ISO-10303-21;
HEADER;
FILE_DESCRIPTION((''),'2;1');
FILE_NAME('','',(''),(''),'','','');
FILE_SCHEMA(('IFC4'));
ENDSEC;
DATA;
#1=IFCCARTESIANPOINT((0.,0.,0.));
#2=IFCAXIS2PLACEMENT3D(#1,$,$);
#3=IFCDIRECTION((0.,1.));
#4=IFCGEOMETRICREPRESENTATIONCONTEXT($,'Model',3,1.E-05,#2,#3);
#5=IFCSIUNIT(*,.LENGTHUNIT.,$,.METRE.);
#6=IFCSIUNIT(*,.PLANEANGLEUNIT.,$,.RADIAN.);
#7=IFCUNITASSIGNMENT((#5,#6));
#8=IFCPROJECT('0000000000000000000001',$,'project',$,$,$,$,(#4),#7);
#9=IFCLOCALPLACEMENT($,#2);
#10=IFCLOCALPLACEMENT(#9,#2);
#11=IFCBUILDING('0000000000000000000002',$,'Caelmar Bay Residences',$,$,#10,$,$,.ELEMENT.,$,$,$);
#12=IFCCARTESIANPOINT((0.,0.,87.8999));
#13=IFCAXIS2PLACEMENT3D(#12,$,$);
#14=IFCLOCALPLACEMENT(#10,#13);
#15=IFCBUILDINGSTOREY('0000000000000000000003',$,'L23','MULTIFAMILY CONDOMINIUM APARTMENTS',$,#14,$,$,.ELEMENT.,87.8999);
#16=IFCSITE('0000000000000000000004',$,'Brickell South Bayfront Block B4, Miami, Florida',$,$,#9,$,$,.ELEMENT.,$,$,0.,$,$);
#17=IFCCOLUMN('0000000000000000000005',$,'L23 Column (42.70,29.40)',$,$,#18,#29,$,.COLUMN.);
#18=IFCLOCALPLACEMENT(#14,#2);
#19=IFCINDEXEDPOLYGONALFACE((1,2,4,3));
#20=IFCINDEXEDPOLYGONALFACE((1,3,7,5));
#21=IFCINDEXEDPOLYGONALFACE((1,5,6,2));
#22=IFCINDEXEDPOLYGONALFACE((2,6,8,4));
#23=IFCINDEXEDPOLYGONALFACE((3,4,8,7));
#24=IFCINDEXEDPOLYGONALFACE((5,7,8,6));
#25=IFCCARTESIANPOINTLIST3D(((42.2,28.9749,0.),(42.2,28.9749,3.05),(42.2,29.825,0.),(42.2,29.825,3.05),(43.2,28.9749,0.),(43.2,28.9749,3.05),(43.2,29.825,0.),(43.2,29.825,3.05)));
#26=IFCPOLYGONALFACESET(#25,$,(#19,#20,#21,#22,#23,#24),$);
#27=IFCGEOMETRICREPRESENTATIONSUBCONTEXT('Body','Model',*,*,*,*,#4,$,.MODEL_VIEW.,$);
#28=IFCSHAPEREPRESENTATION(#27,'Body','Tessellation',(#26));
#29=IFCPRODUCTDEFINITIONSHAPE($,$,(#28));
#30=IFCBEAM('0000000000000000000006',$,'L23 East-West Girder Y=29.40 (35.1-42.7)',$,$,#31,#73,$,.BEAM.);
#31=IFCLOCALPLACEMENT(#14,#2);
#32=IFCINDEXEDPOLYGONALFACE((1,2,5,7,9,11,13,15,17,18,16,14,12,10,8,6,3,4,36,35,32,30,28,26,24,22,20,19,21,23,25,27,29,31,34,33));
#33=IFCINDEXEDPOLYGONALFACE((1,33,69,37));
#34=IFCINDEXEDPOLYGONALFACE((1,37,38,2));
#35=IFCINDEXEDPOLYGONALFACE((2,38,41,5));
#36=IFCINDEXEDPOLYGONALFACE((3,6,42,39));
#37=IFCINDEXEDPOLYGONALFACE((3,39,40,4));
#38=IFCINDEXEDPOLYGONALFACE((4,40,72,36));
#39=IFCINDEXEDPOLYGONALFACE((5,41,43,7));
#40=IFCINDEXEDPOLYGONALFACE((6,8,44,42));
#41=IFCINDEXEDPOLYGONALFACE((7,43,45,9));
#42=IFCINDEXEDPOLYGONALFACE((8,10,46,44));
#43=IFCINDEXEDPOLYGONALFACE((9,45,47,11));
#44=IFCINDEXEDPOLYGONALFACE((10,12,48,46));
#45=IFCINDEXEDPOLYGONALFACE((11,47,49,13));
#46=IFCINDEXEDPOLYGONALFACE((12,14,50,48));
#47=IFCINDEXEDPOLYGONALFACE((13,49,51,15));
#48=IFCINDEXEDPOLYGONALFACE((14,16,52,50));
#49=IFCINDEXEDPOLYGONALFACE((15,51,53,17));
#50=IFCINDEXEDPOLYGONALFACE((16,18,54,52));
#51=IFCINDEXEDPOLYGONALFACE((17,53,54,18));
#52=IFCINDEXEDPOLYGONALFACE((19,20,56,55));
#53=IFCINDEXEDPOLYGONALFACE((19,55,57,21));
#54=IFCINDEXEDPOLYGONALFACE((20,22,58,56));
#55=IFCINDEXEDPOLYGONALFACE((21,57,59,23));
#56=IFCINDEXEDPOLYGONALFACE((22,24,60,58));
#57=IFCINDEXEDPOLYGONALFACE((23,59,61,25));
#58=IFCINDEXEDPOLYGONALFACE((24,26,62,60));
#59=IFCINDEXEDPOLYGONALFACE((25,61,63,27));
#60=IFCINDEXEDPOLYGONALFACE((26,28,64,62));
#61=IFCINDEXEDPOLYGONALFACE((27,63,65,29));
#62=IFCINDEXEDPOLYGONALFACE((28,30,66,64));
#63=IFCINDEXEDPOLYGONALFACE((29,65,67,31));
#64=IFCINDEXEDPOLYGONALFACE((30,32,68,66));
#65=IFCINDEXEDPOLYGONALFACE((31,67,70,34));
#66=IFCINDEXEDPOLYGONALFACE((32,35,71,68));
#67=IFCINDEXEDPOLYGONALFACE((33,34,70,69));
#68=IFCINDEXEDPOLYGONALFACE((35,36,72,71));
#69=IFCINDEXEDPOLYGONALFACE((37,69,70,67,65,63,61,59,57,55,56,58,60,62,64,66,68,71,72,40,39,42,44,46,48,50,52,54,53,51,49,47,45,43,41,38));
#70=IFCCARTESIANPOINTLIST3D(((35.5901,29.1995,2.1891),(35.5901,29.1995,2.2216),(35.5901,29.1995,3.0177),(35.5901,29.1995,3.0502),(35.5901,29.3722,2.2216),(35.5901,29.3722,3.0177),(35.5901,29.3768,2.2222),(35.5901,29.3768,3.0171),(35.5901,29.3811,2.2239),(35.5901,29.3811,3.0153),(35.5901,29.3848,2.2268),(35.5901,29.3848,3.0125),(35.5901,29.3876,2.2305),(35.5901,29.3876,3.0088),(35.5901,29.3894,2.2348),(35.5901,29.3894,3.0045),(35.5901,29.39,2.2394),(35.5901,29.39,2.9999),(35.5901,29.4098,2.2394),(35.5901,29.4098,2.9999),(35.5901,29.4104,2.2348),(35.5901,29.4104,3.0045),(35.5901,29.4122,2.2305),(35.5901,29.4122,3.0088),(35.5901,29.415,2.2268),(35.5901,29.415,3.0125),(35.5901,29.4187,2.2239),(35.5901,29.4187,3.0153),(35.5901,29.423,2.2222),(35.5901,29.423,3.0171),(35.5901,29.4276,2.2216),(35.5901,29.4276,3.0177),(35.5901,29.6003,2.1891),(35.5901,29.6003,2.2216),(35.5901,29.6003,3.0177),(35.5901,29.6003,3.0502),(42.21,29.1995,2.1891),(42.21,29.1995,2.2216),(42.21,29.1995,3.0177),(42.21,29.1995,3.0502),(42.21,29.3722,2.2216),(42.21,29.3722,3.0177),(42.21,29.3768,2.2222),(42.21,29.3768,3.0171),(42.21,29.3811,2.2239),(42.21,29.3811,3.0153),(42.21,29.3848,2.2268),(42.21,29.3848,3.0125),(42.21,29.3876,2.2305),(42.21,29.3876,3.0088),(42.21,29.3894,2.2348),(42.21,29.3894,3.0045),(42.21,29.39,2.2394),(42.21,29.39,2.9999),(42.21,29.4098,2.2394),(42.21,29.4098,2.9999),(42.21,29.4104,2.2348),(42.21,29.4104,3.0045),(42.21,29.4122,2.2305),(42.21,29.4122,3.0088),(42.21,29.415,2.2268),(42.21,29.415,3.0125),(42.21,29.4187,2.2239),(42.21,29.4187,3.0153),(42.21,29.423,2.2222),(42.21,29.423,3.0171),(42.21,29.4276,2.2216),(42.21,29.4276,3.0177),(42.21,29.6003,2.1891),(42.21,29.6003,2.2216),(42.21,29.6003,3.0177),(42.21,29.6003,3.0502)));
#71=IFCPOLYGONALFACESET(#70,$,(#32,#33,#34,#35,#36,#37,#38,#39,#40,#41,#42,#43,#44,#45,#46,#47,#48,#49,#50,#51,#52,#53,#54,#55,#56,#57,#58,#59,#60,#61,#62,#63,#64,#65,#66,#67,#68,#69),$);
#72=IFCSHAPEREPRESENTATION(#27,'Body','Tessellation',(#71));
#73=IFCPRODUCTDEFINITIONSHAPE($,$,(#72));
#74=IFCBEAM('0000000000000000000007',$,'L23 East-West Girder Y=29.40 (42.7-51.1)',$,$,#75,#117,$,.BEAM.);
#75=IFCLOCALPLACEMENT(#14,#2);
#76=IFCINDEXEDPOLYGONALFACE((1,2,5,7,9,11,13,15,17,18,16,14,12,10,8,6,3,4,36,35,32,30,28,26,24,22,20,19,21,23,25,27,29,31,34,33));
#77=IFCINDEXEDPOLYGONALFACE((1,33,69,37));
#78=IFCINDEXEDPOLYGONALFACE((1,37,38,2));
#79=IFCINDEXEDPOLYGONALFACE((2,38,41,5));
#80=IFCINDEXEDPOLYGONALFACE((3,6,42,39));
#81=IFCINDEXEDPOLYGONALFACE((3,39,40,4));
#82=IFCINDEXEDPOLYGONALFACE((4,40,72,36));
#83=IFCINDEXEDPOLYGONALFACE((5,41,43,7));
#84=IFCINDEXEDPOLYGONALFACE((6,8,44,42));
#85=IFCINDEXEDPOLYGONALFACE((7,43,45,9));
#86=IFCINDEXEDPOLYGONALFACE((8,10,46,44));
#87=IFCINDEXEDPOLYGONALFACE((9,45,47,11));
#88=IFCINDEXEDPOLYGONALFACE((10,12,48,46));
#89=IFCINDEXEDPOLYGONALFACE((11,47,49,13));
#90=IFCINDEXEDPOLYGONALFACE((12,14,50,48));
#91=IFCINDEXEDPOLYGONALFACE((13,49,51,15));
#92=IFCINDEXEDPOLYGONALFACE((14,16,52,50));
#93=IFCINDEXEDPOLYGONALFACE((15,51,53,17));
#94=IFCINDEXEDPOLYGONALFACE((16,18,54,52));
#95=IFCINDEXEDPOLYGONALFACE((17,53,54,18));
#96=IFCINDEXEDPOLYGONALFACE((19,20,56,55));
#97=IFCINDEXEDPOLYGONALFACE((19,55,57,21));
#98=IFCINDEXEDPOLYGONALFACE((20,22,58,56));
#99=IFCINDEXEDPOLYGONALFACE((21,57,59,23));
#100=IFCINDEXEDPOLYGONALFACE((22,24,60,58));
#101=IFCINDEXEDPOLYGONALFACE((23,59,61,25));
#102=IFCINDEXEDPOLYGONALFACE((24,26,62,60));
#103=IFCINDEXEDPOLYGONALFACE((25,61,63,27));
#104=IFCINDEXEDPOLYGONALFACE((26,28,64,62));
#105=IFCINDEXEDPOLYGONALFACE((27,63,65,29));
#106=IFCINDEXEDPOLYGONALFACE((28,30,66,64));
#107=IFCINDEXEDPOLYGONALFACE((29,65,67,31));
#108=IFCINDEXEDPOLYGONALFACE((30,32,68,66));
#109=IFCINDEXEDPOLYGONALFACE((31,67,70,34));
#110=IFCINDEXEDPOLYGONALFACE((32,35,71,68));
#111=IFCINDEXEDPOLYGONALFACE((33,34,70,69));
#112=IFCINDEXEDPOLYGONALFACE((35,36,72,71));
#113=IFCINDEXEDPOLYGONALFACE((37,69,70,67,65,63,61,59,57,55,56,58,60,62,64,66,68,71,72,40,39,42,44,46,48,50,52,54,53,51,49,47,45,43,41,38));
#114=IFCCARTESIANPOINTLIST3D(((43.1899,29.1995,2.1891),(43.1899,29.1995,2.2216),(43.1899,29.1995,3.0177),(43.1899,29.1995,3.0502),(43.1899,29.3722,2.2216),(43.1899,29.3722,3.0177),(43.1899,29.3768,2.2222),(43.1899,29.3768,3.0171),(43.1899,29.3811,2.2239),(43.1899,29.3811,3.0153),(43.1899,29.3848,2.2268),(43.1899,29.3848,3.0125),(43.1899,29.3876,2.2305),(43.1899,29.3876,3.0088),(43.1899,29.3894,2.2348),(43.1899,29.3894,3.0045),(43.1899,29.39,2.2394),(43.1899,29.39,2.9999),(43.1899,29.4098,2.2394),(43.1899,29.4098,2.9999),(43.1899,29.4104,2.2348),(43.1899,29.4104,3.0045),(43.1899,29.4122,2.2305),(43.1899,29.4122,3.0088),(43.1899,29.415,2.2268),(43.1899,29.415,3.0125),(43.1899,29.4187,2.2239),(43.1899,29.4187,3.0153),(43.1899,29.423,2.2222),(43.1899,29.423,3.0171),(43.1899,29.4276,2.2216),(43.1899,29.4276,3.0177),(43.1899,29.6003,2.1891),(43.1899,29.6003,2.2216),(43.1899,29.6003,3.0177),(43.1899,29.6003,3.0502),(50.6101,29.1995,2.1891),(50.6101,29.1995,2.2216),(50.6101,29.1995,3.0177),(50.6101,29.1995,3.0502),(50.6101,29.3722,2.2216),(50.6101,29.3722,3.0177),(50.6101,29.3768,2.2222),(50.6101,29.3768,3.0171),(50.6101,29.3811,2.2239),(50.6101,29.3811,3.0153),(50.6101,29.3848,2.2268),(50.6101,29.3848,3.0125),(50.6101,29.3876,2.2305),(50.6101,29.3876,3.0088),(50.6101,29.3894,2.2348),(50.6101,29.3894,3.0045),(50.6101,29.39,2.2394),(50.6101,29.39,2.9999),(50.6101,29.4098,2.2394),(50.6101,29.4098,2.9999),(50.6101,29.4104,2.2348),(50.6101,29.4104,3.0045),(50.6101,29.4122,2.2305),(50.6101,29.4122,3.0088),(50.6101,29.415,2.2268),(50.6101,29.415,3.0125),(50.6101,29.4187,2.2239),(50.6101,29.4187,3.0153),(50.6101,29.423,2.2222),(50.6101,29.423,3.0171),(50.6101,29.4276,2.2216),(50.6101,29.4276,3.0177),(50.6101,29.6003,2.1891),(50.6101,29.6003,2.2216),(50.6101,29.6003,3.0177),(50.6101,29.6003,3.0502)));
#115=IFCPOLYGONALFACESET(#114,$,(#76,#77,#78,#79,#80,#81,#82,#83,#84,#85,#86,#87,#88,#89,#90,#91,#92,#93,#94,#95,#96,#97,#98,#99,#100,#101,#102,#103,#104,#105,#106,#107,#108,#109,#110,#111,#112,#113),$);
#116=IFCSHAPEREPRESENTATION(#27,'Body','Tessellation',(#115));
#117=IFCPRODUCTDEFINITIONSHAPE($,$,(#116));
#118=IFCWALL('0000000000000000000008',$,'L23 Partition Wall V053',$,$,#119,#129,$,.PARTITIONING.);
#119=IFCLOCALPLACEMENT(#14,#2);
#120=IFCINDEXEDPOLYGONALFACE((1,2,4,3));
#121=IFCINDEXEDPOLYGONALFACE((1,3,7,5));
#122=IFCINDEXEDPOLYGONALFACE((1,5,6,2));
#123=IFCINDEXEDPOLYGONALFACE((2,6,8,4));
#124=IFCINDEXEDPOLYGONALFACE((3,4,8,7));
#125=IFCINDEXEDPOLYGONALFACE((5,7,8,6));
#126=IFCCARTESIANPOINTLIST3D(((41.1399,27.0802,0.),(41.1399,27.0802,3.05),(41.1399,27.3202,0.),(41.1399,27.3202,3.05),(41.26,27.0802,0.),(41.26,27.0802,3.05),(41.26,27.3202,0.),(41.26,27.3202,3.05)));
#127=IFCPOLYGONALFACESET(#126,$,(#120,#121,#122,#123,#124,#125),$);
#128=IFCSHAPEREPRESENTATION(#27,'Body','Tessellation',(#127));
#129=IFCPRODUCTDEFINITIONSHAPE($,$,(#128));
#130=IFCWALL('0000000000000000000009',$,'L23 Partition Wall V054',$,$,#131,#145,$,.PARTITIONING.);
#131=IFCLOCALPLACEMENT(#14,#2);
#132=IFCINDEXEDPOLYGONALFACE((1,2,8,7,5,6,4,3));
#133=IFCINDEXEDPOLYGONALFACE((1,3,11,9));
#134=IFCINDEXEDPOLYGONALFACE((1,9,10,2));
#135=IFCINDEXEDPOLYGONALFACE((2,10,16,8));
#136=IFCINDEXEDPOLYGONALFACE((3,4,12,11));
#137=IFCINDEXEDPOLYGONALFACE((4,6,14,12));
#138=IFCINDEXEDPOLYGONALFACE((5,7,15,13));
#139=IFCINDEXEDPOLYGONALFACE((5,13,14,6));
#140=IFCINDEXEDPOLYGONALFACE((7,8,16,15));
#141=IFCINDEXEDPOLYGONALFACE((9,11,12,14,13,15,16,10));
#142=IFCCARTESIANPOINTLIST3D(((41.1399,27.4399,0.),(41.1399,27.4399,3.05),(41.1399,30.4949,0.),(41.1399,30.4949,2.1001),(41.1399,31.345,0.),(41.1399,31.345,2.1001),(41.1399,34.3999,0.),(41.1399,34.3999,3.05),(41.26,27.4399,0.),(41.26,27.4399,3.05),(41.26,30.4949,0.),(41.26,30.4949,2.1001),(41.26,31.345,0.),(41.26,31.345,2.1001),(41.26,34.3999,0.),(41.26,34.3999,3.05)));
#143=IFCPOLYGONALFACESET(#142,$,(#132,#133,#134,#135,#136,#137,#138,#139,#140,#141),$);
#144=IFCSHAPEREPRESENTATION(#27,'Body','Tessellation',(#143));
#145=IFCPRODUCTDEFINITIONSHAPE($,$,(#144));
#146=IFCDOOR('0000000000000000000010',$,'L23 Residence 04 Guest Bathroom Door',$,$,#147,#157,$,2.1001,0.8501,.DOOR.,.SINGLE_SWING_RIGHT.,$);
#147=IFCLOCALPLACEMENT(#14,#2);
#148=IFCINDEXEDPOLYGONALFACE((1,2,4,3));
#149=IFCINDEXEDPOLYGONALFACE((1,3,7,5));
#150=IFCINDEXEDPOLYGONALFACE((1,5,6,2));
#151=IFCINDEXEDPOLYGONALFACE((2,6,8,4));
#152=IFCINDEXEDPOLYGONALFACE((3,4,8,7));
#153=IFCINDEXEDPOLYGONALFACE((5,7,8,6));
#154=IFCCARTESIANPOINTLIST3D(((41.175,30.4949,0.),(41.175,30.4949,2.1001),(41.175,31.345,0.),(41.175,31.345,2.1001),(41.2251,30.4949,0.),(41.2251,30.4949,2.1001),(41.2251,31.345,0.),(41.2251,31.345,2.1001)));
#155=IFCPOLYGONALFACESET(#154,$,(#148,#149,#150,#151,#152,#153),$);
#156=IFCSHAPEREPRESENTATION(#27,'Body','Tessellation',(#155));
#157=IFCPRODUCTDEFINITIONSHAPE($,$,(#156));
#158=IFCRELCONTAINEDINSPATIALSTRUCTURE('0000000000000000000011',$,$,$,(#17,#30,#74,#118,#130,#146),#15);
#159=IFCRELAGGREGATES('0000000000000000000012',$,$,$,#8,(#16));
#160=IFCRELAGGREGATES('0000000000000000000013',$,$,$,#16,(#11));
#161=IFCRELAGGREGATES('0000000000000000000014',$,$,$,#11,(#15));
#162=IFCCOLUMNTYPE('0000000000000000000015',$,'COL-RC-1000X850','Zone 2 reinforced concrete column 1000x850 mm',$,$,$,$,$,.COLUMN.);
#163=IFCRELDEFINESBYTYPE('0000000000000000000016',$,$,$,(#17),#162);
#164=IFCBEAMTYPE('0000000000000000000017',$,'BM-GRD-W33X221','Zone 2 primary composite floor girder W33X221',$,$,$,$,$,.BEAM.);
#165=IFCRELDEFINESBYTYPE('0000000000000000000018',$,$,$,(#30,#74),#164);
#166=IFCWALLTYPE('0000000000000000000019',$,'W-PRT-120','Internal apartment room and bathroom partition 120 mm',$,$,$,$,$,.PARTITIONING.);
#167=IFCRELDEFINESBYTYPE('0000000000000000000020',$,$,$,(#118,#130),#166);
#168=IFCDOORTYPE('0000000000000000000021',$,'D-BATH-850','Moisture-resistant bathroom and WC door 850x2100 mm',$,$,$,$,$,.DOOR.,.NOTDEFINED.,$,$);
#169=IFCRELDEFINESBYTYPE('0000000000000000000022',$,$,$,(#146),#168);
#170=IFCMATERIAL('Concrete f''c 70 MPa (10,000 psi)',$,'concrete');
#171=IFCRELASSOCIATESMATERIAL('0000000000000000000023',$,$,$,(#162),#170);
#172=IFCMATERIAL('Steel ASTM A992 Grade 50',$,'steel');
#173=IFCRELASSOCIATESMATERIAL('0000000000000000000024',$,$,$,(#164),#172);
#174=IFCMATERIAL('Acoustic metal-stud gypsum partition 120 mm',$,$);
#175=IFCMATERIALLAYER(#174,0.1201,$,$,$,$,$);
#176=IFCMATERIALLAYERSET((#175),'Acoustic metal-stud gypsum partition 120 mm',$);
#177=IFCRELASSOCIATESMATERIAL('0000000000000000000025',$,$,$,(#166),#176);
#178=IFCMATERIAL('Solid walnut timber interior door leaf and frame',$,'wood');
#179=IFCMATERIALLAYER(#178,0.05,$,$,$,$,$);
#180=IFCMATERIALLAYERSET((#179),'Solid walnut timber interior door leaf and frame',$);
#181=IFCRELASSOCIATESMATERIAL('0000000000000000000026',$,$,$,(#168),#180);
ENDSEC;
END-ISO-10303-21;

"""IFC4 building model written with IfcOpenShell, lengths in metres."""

from ifc_helpers import new_model, si_unit, direction, frame, frame_2d, origin, origin_2d, place, context, subcontext, project, spatial, rectangle, i_section, extrude, material, layer, layer_set, material_profile, profile_set, type_object, element, fill, save


model = new_model("IFC4")

# Units and contexts
model_context = context("Model", 3, precision=1e-05, world=origin(), true_north=direction((0.0, 1.0)))
body_context = subcontext(model_context, "Body", "Model", "MODEL_VIEW")
ifc_project = project(units=[si_unit("LENGTHUNIT", "METRE"), si_unit("PLANEANGLEUNIT", "RADIAN")], contexts=[model_context])

# Site, building, storey
site_placement = place(None, origin())
site = spatial("IfcSite", under=ifc_project, at=site_placement, Name="Brickell South Bayfront Block B4, Miami, Florida", CompositionType="ELEMENT", RefElevation=0.0)
building_placement = place(site_placement, origin())
building = spatial("IfcBuilding", under=site, at=building_placement, Name="Caelmar Bay Residences", CompositionType="ELEMENT")
storey_placement = place(building_placement, frame((0.0, 0.0, 87.8999)))
storey = spatial("IfcBuildingStorey", under=building, at=storey_placement, Name="L23", Description="MULTIFAMILY CONDOMINIUM APARTMENTS", CompositionType="ELEMENT", Elevation=87.8999)

# Column
ifc_material_1 = material(Name="Concrete f'c 70 MPa (10,000 psi)", Category="concrete")
ifc_material_profile_1 = material_profile(ifc_material_1, rectangle(XDim=1.0, YDim=0.8501, at=origin_2d()), Name="RC-COL-1000X850")
ifc_profile_set_1 = profile_set([ifc_material_profile_1], Name="Concrete f'c 70 MPa (10,000 psi)")
column_type = type_object("IfcColumnType", Name="COL-RC-1000X850", Description="Zone 2 reinforced concrete column 1000x850 mm", PredefinedType="COLUMN", material=ifc_profile_set_1)
column_placement = place(storey_placement, frame((42.7, 29.3999, 0.0), z_axis=(0.0, 0.0, 1.0), x_axis=(1.0, 0.0, 0.0)))
element("IfcColumn", 1, at=column_placement, inside=storey, type_object=column_type, Name="L23 Column (42.70,29.40)", PredefinedType="COLUMN", context=body_context, shape_type="SweptSolid", body=[
    extrude(rectangle(XDim=1.0, YDim=0.8501, at=origin_2d()), origin(), (0.0, 0.0, 1.0), 3.05),
])

# Beams
ifc_material_2 = material(Name="Steel ASTM A992 Grade 50", Category="steel")
ifc_material_profile_2 = material_profile(ifc_material_2, i_section(OverallWidth=0.4009, OverallDepth=0.8611, WebThickness=0.0198, FlangeThickness=0.0325, FilletRadius=0.0178, at=origin_2d()), Name="W33X221")
ifc_profile_set_2 = profile_set([ifc_material_profile_2], Name="Steel ASTM A992 Grade 50")
beam_type = type_object("IfcBeamType", Name="BM-GRD-W33X221", Description="Zone 2 primary composite floor girder W33X221", PredefinedType="BEAM", material=ifc_profile_set_2)
beam_1_placement = place(storey_placement, frame((35.5901, 29.3999, 2.6196), z_axis=(1.0, 0.0, 0.0), x_axis=(0.0, 1.0, 0.0)))
element("IfcBeam", 2, at=beam_1_placement, inside=storey, type_object=beam_type, Name="L23 East-West Girder Y=29.40 (35.1-42.7)", PredefinedType="BEAM", context=body_context, shape_type="SweptSolid", body=[
    extrude(i_section(OverallWidth=0.4009, OverallDepth=0.8611, WebThickness=0.0198, FlangeThickness=0.0325, FilletRadius=0.0178, at=origin_2d()), origin(), (0.0, 0.0, 1.0), 6.6199),
])
beam_2_placement = place(storey_placement, frame((43.1899, 29.3999, 2.6196), z_axis=(1.0, 0.0, 0.0), x_axis=(0.0, 1.0, 0.0)))
element("IfcBeam", 3, at=beam_2_placement, inside=storey, type_object=beam_type, Name="L23 East-West Girder Y=29.40 (42.7-51.1)", PredefinedType="BEAM", context=body_context, shape_type="SweptSolid", body=[
    extrude(i_section(OverallWidth=0.4009, OverallDepth=0.8611, WebThickness=0.0198, FlangeThickness=0.0325, FilletRadius=0.0178, at=origin_2d()), origin(), (0.0, 0.0, 1.0), 7.4202),
])

# Wall
ifc_material_3 = material(Name="Acoustic metal-stud gypsum partition 120 mm")
ifc_layer_1 = layer(ifc_material_3, 0.1201)
ifc_layer_set_1 = layer_set([ifc_layer_1], Name="Acoustic metal-stud gypsum partition 120 mm")
wall_type_1 = type_object("IfcWallType", Name="W-PRT-120", Description="Internal apartment room and bathroom partition 120 mm", PredefinedType="PARTITIONING", material=ifc_layer_set_1)
wall_1_placement = place(storey_placement, frame((41.2, 27.0801, 0.0), z_axis=(0.0, 0.0, 1.0), x_axis=(0.0, 1.0, 0.0)))
element("IfcWall", 4, at=wall_1_placement, inside=storey, type_object=wall_type_1, Name="L23 Partition Wall V053", PredefinedType="PARTITIONING", context=body_context, shape_type="SweptSolid", body=[
    extrude(rectangle(XDim=0.24, YDim=0.1201, at=frame_2d((0.1201, 0.0))), origin(), (0.0, 0.0, 1.0), 3.05),
])

# Wall, opening, door
wall_2_placement = place(storey_placement, frame((41.2, 27.4399, 0.0), z_axis=(0.0, 0.0, 1.0), x_axis=(0.0, 1.0, 0.0)))
wall_2 = element("IfcWall", 5, at=wall_2_placement, inside=storey, type_object=wall_type_1, Name="L23 Partition Wall V054", PredefinedType="PARTITIONING", context=body_context, shape_type="SweptSolid", body=[
    extrude(rectangle(XDim=6.96, YDim=0.1201, at=frame_2d((3.48, 0.0))), origin(), (0.0, 0.0, 1.0), 3.05),
])
opening_1_placement = place(wall_2_placement, frame((3.0549, 0.0, 0.0)))
opening_1 = element("IfcOpeningElement", 6, at=opening_1_placement, cuts=wall_2, PredefinedType="OPENING", context=body_context, shape_type="SweptSolid", body=[
    extrude(rectangle(XDim=0.8501, YDim=2.1001, at=frame_2d((0.425, 1.05))), frame((0.0, 0.0701, 0.0), z_axis=(0.0, -1.0, 0.0), x_axis=(1.0, 0.0, 0.0)), (0.0, 0.0, 1.0), 0.1401),
])
ifc_material_4 = material(Name="Solid walnut timber interior door leaf and frame", Category="wood")
ifc_layer_2 = layer(ifc_material_4, 0.05)
ifc_layer_set_2 = layer_set([ifc_layer_2], Name="Solid walnut timber interior door leaf and frame")
door_type_1 = type_object("IfcDoorType", Name="D-BATH-850", Description="Moisture-resistant bathroom and WC door 850x2100 mm", OperationType="NOTDEFINED", PredefinedType="DOOR", material=ifc_layer_set_2)
door_1_placement = place(opening_1_placement, origin())
door_1 = element("IfcDoor", 7, at=door_1_placement, inside=storey, type_object=door_type_1, Name="L23 Residence 04 Guest Bathroom Door", OperationType="SINGLE_SWING_RIGHT", OverallHeight=2.1001, OverallWidth=0.8501, PredefinedType="DOOR", context=body_context, shape_type="SweptSolid", body=[
    extrude(rectangle(XDim=0.8501, YDim=2.1001, at=frame_2d((0.425, 1.05))), frame((0.0, 0.0249, 0.0), z_axis=(0.0, -1.0, 0.0), x_axis=(1.0, 0.0, 0.0)), (0.0, 0.0, 1.0), 0.05),
])
fill(opening_1, door_1)

save(model, "model.ifc")
